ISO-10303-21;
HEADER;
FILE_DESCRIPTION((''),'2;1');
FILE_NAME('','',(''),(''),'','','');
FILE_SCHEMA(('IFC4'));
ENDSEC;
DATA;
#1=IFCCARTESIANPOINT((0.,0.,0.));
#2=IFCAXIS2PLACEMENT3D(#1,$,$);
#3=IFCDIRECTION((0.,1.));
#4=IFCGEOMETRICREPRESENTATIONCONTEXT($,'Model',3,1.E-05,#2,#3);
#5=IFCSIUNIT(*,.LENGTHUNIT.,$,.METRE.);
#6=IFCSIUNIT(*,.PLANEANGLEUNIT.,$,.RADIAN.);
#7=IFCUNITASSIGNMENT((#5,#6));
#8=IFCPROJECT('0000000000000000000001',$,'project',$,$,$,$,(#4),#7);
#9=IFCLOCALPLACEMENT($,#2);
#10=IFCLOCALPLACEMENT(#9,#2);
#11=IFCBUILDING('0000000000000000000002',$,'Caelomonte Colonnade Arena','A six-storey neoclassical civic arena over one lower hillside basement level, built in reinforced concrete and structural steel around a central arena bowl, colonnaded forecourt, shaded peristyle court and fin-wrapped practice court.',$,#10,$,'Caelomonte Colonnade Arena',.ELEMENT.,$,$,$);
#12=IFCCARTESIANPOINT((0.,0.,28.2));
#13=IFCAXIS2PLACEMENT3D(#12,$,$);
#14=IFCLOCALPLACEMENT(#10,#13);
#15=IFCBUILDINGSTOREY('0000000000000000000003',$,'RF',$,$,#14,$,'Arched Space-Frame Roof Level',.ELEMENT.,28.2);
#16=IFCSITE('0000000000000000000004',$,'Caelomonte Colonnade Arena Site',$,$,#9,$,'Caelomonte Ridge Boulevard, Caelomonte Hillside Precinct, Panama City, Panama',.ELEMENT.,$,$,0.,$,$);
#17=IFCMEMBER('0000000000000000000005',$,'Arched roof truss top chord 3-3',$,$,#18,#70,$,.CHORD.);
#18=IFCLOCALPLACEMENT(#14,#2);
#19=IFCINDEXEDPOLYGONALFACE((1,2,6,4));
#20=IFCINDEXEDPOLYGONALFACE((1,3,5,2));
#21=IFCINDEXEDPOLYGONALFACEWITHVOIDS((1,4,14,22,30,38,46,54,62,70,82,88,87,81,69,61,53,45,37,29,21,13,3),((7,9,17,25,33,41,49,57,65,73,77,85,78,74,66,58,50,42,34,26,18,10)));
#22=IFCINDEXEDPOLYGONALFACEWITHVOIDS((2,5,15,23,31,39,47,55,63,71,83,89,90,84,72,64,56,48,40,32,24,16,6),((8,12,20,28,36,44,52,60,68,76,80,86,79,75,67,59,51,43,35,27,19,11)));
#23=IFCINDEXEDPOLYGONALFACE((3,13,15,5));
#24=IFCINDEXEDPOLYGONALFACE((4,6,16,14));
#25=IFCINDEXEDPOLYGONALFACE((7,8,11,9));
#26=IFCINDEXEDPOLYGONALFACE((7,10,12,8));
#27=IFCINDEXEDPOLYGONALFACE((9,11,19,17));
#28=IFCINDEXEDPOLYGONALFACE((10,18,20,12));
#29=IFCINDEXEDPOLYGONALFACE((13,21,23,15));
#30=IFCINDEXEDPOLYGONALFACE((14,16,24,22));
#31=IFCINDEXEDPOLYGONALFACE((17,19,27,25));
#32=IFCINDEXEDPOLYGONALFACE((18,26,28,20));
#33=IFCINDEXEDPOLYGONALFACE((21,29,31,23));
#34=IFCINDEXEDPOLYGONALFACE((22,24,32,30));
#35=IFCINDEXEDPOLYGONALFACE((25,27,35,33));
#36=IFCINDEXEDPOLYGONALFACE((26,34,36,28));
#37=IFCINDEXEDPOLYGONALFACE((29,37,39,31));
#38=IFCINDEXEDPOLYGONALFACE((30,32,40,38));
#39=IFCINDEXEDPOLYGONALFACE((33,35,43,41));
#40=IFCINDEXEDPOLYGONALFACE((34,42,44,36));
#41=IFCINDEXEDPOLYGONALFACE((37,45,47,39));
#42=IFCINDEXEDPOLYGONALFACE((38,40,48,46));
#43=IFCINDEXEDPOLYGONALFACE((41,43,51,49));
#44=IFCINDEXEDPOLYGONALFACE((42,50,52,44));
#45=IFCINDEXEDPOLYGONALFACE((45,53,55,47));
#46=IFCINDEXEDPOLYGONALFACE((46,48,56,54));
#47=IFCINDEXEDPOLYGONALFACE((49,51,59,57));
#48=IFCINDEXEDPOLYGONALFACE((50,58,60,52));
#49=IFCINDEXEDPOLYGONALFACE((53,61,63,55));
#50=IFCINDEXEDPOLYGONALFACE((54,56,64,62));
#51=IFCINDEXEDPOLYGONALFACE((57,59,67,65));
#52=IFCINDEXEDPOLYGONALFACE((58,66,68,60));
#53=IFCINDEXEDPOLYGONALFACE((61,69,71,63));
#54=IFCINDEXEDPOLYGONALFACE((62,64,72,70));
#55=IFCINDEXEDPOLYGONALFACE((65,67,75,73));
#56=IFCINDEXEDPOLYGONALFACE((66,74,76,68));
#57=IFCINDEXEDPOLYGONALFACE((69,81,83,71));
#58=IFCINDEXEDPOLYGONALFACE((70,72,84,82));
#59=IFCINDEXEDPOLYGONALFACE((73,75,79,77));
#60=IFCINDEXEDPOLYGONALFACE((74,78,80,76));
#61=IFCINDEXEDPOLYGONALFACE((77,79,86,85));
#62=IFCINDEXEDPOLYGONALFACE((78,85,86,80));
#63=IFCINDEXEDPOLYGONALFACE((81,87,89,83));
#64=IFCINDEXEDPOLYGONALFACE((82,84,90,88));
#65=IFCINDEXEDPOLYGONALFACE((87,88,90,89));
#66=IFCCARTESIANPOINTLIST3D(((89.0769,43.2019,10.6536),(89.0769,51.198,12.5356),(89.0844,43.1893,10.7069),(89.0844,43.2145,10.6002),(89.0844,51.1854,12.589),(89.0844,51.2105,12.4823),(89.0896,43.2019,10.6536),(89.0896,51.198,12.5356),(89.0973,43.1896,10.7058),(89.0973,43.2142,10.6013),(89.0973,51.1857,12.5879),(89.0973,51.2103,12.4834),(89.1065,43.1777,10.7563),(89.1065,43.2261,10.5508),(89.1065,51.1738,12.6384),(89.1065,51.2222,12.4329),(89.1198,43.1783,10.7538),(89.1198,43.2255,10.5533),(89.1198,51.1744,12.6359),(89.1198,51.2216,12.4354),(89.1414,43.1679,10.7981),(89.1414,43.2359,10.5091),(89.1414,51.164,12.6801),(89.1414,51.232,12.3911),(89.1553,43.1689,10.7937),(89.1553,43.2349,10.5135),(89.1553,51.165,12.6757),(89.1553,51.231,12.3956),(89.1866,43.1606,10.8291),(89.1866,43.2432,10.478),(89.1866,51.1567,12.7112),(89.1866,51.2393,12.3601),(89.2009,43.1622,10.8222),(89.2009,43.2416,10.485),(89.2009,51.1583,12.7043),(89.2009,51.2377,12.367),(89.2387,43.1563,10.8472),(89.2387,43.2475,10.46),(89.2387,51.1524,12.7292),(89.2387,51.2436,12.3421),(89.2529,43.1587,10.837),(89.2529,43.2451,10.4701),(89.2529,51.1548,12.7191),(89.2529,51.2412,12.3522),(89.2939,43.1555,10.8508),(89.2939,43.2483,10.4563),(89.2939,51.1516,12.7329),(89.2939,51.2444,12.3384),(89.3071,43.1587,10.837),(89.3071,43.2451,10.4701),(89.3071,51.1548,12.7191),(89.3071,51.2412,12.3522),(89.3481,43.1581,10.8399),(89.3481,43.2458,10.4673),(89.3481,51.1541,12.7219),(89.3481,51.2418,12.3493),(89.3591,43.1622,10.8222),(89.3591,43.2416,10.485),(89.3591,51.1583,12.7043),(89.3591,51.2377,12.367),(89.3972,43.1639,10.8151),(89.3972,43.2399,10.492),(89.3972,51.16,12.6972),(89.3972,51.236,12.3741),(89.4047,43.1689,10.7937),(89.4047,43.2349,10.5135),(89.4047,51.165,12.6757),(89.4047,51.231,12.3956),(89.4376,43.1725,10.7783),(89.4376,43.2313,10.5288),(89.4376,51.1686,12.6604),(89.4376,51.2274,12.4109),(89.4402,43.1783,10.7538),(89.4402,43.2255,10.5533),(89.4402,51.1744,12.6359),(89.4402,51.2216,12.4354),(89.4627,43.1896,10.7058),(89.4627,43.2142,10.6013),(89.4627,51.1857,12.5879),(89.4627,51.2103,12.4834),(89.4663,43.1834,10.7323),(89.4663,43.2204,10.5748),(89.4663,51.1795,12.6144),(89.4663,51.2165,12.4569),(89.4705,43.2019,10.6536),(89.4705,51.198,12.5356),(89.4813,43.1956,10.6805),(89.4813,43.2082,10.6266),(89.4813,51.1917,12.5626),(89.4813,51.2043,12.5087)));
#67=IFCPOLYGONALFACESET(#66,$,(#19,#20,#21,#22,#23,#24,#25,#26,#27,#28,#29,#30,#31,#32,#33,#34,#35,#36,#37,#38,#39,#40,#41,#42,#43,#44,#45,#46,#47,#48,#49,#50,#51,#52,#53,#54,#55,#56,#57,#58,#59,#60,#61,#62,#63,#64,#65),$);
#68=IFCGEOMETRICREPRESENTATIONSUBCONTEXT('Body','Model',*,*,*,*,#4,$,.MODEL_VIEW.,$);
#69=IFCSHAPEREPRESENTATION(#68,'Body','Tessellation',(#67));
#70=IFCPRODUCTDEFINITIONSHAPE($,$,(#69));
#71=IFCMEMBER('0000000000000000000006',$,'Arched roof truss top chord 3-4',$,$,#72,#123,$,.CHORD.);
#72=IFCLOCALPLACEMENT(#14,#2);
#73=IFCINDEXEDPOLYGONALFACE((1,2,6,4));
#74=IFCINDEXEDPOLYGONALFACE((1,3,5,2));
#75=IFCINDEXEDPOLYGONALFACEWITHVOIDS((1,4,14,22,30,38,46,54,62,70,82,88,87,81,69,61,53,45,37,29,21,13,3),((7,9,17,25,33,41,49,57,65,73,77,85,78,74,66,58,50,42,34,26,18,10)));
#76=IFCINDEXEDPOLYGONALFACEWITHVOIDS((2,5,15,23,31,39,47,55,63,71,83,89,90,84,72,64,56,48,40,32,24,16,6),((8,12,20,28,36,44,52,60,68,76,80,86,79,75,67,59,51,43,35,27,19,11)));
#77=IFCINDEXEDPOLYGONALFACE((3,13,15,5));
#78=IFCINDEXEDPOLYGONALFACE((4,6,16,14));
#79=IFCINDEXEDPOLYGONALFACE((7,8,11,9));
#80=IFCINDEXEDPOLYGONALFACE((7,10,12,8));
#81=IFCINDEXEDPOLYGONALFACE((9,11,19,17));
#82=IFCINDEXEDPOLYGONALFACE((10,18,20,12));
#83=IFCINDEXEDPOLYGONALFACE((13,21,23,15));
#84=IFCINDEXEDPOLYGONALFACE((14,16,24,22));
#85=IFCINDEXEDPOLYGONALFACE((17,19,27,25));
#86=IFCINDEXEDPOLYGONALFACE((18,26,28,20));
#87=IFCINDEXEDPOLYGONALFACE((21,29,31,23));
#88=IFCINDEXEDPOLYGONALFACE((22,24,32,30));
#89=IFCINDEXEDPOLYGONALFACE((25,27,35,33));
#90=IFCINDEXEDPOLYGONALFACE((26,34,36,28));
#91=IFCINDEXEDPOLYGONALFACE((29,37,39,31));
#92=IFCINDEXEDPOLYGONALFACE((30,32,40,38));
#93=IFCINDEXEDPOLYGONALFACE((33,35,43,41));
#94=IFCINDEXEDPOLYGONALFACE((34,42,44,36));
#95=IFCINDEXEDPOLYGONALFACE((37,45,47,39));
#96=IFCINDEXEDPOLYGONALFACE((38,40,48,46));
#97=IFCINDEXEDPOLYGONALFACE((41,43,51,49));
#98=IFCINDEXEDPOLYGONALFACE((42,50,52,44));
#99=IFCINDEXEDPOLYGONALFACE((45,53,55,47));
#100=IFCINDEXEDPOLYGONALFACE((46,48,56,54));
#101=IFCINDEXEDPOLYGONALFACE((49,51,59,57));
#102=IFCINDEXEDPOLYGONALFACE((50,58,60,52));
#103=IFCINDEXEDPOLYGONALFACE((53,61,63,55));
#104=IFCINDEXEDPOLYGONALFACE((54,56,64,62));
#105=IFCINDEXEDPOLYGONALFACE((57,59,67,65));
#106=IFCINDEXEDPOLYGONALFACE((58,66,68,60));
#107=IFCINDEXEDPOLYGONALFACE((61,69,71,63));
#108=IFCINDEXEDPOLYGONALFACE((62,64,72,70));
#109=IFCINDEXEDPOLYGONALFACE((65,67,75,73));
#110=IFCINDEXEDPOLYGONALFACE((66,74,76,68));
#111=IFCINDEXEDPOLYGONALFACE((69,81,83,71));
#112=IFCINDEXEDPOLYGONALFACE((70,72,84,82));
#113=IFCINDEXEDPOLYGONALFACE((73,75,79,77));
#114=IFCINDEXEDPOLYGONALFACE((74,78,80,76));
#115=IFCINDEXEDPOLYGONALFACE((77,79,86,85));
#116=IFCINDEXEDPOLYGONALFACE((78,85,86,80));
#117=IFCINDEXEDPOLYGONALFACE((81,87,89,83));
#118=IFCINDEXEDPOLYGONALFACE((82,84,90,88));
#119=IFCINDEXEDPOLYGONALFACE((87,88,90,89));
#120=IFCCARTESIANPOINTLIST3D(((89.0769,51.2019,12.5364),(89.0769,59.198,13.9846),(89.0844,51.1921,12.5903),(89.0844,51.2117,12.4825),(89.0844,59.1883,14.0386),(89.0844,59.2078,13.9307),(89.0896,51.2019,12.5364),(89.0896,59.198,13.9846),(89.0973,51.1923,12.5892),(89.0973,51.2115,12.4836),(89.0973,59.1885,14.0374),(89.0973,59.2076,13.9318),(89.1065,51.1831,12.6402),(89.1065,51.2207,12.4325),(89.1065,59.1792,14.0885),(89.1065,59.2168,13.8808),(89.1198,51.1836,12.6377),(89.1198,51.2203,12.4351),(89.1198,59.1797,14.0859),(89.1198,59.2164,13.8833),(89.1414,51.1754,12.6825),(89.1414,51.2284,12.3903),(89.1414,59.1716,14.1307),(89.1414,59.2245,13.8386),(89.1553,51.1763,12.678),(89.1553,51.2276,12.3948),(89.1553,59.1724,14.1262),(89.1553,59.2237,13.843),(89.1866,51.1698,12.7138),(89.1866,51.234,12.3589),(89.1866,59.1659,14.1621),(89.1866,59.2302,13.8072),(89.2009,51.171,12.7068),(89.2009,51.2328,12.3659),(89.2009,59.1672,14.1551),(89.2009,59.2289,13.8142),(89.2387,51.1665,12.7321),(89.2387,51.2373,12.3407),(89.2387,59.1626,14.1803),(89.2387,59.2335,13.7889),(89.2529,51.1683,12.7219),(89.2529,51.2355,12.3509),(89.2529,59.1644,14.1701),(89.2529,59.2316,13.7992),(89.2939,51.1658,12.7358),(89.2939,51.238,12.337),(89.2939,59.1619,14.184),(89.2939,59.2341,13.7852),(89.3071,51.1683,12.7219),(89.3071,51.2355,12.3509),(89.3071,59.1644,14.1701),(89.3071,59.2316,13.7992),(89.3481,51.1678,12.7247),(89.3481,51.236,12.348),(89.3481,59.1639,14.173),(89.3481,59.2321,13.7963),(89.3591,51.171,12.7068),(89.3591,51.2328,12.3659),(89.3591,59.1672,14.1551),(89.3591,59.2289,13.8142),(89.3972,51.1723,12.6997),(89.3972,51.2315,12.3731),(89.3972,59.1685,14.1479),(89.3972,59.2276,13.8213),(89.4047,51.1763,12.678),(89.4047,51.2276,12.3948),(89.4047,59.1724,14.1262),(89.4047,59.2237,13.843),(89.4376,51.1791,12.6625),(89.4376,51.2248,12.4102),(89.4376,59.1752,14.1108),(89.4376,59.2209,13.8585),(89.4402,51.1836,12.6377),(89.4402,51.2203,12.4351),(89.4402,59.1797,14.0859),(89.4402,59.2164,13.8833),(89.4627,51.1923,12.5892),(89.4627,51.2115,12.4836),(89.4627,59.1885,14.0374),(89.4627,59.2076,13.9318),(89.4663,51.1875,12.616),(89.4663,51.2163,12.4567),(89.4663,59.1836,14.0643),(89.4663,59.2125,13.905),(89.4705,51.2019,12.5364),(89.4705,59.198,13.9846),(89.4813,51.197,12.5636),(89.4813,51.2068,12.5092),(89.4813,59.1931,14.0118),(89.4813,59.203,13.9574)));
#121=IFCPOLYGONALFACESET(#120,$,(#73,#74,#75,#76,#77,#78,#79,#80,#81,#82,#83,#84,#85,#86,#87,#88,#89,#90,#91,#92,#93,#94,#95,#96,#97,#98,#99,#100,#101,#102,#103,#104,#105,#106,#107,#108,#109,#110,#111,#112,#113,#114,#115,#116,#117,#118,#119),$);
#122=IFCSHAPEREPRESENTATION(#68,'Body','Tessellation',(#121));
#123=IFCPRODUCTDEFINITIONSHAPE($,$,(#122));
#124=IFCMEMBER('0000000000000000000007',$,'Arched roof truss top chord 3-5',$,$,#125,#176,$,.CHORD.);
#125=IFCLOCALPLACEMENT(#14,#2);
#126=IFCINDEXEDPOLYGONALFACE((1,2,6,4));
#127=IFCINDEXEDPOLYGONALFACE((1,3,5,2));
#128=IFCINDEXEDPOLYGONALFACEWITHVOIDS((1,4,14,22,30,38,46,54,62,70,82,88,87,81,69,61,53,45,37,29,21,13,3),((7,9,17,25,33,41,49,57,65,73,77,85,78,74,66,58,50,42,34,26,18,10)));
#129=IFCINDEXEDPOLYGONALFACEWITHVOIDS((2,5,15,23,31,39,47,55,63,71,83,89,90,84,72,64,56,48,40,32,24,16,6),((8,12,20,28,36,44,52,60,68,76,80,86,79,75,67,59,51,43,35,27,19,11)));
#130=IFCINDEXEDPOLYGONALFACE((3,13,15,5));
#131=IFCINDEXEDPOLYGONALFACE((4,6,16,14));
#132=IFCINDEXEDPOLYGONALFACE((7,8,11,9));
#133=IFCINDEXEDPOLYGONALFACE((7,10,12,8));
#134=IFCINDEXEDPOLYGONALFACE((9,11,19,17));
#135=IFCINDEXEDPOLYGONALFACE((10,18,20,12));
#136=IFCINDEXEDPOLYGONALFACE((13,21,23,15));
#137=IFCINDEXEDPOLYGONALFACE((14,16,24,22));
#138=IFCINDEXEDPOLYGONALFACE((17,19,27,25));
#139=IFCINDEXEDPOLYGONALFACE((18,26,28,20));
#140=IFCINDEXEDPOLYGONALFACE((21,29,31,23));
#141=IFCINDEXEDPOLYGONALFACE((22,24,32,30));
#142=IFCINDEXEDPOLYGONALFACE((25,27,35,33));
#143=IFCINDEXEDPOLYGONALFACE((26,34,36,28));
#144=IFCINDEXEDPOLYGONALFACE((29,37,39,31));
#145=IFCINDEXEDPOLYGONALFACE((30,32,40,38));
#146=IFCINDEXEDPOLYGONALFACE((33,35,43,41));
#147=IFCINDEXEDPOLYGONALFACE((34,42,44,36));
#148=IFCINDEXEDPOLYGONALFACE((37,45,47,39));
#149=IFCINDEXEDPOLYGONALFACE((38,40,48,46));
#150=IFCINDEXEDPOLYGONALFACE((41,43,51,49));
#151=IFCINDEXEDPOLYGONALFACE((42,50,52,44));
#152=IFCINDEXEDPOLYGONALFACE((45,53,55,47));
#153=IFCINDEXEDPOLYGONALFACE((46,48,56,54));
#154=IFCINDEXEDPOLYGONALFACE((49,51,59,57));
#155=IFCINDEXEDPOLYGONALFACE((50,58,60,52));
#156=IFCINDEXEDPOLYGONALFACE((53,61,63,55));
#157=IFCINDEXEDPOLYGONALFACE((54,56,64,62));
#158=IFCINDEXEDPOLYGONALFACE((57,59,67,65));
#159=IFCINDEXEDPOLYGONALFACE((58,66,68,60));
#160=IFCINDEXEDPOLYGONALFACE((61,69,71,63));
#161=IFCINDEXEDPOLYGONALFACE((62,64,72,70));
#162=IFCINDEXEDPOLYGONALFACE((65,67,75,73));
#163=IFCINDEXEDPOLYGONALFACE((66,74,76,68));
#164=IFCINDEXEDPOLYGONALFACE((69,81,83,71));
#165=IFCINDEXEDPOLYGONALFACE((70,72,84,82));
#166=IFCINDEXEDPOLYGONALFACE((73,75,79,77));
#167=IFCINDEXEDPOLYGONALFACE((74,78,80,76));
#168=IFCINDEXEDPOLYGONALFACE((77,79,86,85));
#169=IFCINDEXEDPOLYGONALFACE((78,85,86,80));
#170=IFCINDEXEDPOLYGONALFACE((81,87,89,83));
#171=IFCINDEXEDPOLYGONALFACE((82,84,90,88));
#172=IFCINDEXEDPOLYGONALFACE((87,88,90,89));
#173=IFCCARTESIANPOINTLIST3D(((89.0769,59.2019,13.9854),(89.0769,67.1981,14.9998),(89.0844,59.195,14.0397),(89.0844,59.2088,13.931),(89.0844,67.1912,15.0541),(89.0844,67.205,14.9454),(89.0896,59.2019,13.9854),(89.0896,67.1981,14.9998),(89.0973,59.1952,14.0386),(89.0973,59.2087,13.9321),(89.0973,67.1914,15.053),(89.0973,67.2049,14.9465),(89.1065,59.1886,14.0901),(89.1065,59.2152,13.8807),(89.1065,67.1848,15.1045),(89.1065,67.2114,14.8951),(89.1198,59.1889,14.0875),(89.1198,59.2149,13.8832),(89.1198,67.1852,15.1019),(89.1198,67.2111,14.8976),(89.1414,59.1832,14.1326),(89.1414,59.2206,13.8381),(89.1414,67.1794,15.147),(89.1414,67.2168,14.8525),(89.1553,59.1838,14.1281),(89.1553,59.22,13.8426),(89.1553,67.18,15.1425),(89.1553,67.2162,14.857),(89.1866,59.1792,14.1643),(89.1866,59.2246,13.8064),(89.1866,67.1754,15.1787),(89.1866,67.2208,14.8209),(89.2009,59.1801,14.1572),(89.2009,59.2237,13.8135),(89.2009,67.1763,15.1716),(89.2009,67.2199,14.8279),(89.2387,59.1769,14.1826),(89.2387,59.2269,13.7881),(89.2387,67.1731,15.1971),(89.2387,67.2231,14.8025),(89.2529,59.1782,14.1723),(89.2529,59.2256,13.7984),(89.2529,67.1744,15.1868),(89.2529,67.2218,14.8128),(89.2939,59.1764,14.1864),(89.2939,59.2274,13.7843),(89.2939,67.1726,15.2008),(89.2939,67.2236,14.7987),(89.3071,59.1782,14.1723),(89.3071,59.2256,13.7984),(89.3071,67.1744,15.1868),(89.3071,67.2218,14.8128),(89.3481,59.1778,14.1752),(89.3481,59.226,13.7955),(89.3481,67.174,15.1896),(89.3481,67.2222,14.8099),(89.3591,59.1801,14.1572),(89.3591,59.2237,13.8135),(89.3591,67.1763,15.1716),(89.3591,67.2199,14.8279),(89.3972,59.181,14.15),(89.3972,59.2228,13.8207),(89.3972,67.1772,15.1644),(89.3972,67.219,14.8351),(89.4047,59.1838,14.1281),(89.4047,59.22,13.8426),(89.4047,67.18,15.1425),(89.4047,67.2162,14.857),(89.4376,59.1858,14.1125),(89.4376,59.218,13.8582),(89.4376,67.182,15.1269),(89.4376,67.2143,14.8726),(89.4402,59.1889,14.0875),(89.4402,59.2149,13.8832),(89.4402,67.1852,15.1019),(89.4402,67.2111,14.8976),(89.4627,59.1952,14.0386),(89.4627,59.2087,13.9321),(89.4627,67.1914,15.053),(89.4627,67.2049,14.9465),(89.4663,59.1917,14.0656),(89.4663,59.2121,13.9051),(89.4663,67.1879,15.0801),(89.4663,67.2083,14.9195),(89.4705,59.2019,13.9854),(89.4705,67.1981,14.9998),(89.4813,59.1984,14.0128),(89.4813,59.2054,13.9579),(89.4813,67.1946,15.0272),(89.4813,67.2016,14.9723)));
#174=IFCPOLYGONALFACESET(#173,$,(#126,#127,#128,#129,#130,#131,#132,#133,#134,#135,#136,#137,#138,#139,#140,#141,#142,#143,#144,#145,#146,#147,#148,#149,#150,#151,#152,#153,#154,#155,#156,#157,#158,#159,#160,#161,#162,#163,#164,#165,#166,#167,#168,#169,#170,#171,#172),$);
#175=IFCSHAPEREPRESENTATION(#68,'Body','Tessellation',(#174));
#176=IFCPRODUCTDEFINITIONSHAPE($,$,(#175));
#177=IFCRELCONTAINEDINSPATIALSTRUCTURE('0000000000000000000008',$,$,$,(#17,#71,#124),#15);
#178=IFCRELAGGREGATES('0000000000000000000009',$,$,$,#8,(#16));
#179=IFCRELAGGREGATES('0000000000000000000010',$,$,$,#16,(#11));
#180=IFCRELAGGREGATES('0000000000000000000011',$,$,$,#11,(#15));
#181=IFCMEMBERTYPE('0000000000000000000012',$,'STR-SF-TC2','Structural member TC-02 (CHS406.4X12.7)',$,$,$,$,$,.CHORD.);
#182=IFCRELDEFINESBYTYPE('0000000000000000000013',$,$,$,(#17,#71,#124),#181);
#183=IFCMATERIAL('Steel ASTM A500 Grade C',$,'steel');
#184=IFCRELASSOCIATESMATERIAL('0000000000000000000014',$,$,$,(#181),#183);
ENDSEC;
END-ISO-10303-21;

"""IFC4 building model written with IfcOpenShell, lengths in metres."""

from ifc_helpers import new_model, si_unit, direction, frame, origin, origin_2d, place, context, subcontext, project, spatial, hollow_circle, extrude, material, material_profile, profile_set, type_object, element, save


model = new_model("IFC4")

# Units and contexts
model_context = context("Model", 3, precision=1e-05, world=origin(), true_north=direction((0.0, 1.0)))
body_context = subcontext(model_context, "Body", "Model", "MODEL_VIEW")
ifc_project = project(units=[si_unit("LENGTHUNIT", "METRE"), si_unit("PLANEANGLEUNIT", "RADIAN")], contexts=[model_context])

# Site, building, storey
site_placement = place(None, origin())
site = spatial("IfcSite", under=ifc_project, at=site_placement, Name="Caelomonte Colonnade Arena Site", LongName="Caelomonte Ridge Boulevard, Caelomonte Hillside Precinct, Panama City, Panama", CompositionType="ELEMENT", RefElevation=0.0)
building_placement = place(site_placement, origin())
building = spatial("IfcBuilding", under=site, at=building_placement, Name="Caelomonte Colonnade Arena", Description="A six-storey neoclassical civic arena over one lower hillside basement level, built in reinforced concrete and structural steel around a central arena bowl, colonnaded forecourt, shaded peristyle court and fin-wrapped practice court.", LongName="Caelomonte Colonnade Arena", CompositionType="ELEMENT")
storey_placement = place(building_placement, frame((0.0, 0.0, 28.2)))
storey = spatial("IfcBuildingStorey", under=building, at=storey_placement, Name="RF", LongName="Arched Space-Frame Roof Level", CompositionType="ELEMENT", Elevation=28.2)

# Members
ifc_material_1 = material(Name="Steel ASTM A500 Grade C", Category="steel")
ifc_material_profile_1 = material_profile(ifc_material_1, hollow_circle(Radius=0.2031, WallThickness=0.0127, at=origin_2d()), Name="CHS406.4X12.7")
ifc_profile_set_1 = profile_set([ifc_material_profile_1], Name="Steel ASTM A500 Grade C")
member_type_1 = type_object("IfcMemberType", Name="STR-SF-TC2", Description="Structural member TC-02 (CHS406.4X12.7)", PredefinedType="CHORD", material=ifc_profile_set_1)
member_1_placement = place(storey_placement, frame((89.28, 43.2019, 10.6536), z_axis=(0.0, 0.9734, 0.229114), x_axis=(-1.0, 0.0, 0.0)))
element("IfcMember", 1, at=member_1_placement, inside=storey, type_object=member_type_1, Name="Arched roof truss top chord 3-3", PredefinedType="CHORD", context=body_context, shape_type="SweptSolid", body=[
    extrude(hollow_circle(Radius=0.2031, WallThickness=0.0127, at=origin_2d()), origin(), (0.0, 0.0, 1.0), 8.2146),
])
member_2_placement = place(storey_placement, frame((89.28, 51.2019, 12.5364), z_axis=(0.0, 0.983991, 0.178219), x_axis=(-1.0, 0.0, 0.0)))
element("IfcMember", 2, at=member_2_placement, inside=storey, type_object=member_type_1, Name="Arched roof truss top chord 3-4", PredefinedType="CHORD", context=body_context, shape_type="SweptSolid", body=[
    extrude(hollow_circle(Radius=0.2031, WallThickness=0.0127, at=origin_2d()), origin(), (0.0, 0.0, 1.0), 8.1262),
])
member_3_placement = place(storey_placement, frame((89.28, 59.2019, 13.9854), z_axis=(0.0, 0.992049, 0.125854), x_axis=(-1.0, 0.0, 0.0)))
element("IfcMember", 3, at=member_3_placement, inside=storey, type_object=member_type_1, Name="Arched roof truss top chord 3-5", PredefinedType="CHORD", context=body_context, shape_type="SweptSolid", body=[
    extrude(hollow_circle(Radius=0.2031, WallThickness=0.0127, at=origin_2d()), origin(), (0.0, 0.0, 1.0), 8.0603),
])

save(model, "model.ifc")
